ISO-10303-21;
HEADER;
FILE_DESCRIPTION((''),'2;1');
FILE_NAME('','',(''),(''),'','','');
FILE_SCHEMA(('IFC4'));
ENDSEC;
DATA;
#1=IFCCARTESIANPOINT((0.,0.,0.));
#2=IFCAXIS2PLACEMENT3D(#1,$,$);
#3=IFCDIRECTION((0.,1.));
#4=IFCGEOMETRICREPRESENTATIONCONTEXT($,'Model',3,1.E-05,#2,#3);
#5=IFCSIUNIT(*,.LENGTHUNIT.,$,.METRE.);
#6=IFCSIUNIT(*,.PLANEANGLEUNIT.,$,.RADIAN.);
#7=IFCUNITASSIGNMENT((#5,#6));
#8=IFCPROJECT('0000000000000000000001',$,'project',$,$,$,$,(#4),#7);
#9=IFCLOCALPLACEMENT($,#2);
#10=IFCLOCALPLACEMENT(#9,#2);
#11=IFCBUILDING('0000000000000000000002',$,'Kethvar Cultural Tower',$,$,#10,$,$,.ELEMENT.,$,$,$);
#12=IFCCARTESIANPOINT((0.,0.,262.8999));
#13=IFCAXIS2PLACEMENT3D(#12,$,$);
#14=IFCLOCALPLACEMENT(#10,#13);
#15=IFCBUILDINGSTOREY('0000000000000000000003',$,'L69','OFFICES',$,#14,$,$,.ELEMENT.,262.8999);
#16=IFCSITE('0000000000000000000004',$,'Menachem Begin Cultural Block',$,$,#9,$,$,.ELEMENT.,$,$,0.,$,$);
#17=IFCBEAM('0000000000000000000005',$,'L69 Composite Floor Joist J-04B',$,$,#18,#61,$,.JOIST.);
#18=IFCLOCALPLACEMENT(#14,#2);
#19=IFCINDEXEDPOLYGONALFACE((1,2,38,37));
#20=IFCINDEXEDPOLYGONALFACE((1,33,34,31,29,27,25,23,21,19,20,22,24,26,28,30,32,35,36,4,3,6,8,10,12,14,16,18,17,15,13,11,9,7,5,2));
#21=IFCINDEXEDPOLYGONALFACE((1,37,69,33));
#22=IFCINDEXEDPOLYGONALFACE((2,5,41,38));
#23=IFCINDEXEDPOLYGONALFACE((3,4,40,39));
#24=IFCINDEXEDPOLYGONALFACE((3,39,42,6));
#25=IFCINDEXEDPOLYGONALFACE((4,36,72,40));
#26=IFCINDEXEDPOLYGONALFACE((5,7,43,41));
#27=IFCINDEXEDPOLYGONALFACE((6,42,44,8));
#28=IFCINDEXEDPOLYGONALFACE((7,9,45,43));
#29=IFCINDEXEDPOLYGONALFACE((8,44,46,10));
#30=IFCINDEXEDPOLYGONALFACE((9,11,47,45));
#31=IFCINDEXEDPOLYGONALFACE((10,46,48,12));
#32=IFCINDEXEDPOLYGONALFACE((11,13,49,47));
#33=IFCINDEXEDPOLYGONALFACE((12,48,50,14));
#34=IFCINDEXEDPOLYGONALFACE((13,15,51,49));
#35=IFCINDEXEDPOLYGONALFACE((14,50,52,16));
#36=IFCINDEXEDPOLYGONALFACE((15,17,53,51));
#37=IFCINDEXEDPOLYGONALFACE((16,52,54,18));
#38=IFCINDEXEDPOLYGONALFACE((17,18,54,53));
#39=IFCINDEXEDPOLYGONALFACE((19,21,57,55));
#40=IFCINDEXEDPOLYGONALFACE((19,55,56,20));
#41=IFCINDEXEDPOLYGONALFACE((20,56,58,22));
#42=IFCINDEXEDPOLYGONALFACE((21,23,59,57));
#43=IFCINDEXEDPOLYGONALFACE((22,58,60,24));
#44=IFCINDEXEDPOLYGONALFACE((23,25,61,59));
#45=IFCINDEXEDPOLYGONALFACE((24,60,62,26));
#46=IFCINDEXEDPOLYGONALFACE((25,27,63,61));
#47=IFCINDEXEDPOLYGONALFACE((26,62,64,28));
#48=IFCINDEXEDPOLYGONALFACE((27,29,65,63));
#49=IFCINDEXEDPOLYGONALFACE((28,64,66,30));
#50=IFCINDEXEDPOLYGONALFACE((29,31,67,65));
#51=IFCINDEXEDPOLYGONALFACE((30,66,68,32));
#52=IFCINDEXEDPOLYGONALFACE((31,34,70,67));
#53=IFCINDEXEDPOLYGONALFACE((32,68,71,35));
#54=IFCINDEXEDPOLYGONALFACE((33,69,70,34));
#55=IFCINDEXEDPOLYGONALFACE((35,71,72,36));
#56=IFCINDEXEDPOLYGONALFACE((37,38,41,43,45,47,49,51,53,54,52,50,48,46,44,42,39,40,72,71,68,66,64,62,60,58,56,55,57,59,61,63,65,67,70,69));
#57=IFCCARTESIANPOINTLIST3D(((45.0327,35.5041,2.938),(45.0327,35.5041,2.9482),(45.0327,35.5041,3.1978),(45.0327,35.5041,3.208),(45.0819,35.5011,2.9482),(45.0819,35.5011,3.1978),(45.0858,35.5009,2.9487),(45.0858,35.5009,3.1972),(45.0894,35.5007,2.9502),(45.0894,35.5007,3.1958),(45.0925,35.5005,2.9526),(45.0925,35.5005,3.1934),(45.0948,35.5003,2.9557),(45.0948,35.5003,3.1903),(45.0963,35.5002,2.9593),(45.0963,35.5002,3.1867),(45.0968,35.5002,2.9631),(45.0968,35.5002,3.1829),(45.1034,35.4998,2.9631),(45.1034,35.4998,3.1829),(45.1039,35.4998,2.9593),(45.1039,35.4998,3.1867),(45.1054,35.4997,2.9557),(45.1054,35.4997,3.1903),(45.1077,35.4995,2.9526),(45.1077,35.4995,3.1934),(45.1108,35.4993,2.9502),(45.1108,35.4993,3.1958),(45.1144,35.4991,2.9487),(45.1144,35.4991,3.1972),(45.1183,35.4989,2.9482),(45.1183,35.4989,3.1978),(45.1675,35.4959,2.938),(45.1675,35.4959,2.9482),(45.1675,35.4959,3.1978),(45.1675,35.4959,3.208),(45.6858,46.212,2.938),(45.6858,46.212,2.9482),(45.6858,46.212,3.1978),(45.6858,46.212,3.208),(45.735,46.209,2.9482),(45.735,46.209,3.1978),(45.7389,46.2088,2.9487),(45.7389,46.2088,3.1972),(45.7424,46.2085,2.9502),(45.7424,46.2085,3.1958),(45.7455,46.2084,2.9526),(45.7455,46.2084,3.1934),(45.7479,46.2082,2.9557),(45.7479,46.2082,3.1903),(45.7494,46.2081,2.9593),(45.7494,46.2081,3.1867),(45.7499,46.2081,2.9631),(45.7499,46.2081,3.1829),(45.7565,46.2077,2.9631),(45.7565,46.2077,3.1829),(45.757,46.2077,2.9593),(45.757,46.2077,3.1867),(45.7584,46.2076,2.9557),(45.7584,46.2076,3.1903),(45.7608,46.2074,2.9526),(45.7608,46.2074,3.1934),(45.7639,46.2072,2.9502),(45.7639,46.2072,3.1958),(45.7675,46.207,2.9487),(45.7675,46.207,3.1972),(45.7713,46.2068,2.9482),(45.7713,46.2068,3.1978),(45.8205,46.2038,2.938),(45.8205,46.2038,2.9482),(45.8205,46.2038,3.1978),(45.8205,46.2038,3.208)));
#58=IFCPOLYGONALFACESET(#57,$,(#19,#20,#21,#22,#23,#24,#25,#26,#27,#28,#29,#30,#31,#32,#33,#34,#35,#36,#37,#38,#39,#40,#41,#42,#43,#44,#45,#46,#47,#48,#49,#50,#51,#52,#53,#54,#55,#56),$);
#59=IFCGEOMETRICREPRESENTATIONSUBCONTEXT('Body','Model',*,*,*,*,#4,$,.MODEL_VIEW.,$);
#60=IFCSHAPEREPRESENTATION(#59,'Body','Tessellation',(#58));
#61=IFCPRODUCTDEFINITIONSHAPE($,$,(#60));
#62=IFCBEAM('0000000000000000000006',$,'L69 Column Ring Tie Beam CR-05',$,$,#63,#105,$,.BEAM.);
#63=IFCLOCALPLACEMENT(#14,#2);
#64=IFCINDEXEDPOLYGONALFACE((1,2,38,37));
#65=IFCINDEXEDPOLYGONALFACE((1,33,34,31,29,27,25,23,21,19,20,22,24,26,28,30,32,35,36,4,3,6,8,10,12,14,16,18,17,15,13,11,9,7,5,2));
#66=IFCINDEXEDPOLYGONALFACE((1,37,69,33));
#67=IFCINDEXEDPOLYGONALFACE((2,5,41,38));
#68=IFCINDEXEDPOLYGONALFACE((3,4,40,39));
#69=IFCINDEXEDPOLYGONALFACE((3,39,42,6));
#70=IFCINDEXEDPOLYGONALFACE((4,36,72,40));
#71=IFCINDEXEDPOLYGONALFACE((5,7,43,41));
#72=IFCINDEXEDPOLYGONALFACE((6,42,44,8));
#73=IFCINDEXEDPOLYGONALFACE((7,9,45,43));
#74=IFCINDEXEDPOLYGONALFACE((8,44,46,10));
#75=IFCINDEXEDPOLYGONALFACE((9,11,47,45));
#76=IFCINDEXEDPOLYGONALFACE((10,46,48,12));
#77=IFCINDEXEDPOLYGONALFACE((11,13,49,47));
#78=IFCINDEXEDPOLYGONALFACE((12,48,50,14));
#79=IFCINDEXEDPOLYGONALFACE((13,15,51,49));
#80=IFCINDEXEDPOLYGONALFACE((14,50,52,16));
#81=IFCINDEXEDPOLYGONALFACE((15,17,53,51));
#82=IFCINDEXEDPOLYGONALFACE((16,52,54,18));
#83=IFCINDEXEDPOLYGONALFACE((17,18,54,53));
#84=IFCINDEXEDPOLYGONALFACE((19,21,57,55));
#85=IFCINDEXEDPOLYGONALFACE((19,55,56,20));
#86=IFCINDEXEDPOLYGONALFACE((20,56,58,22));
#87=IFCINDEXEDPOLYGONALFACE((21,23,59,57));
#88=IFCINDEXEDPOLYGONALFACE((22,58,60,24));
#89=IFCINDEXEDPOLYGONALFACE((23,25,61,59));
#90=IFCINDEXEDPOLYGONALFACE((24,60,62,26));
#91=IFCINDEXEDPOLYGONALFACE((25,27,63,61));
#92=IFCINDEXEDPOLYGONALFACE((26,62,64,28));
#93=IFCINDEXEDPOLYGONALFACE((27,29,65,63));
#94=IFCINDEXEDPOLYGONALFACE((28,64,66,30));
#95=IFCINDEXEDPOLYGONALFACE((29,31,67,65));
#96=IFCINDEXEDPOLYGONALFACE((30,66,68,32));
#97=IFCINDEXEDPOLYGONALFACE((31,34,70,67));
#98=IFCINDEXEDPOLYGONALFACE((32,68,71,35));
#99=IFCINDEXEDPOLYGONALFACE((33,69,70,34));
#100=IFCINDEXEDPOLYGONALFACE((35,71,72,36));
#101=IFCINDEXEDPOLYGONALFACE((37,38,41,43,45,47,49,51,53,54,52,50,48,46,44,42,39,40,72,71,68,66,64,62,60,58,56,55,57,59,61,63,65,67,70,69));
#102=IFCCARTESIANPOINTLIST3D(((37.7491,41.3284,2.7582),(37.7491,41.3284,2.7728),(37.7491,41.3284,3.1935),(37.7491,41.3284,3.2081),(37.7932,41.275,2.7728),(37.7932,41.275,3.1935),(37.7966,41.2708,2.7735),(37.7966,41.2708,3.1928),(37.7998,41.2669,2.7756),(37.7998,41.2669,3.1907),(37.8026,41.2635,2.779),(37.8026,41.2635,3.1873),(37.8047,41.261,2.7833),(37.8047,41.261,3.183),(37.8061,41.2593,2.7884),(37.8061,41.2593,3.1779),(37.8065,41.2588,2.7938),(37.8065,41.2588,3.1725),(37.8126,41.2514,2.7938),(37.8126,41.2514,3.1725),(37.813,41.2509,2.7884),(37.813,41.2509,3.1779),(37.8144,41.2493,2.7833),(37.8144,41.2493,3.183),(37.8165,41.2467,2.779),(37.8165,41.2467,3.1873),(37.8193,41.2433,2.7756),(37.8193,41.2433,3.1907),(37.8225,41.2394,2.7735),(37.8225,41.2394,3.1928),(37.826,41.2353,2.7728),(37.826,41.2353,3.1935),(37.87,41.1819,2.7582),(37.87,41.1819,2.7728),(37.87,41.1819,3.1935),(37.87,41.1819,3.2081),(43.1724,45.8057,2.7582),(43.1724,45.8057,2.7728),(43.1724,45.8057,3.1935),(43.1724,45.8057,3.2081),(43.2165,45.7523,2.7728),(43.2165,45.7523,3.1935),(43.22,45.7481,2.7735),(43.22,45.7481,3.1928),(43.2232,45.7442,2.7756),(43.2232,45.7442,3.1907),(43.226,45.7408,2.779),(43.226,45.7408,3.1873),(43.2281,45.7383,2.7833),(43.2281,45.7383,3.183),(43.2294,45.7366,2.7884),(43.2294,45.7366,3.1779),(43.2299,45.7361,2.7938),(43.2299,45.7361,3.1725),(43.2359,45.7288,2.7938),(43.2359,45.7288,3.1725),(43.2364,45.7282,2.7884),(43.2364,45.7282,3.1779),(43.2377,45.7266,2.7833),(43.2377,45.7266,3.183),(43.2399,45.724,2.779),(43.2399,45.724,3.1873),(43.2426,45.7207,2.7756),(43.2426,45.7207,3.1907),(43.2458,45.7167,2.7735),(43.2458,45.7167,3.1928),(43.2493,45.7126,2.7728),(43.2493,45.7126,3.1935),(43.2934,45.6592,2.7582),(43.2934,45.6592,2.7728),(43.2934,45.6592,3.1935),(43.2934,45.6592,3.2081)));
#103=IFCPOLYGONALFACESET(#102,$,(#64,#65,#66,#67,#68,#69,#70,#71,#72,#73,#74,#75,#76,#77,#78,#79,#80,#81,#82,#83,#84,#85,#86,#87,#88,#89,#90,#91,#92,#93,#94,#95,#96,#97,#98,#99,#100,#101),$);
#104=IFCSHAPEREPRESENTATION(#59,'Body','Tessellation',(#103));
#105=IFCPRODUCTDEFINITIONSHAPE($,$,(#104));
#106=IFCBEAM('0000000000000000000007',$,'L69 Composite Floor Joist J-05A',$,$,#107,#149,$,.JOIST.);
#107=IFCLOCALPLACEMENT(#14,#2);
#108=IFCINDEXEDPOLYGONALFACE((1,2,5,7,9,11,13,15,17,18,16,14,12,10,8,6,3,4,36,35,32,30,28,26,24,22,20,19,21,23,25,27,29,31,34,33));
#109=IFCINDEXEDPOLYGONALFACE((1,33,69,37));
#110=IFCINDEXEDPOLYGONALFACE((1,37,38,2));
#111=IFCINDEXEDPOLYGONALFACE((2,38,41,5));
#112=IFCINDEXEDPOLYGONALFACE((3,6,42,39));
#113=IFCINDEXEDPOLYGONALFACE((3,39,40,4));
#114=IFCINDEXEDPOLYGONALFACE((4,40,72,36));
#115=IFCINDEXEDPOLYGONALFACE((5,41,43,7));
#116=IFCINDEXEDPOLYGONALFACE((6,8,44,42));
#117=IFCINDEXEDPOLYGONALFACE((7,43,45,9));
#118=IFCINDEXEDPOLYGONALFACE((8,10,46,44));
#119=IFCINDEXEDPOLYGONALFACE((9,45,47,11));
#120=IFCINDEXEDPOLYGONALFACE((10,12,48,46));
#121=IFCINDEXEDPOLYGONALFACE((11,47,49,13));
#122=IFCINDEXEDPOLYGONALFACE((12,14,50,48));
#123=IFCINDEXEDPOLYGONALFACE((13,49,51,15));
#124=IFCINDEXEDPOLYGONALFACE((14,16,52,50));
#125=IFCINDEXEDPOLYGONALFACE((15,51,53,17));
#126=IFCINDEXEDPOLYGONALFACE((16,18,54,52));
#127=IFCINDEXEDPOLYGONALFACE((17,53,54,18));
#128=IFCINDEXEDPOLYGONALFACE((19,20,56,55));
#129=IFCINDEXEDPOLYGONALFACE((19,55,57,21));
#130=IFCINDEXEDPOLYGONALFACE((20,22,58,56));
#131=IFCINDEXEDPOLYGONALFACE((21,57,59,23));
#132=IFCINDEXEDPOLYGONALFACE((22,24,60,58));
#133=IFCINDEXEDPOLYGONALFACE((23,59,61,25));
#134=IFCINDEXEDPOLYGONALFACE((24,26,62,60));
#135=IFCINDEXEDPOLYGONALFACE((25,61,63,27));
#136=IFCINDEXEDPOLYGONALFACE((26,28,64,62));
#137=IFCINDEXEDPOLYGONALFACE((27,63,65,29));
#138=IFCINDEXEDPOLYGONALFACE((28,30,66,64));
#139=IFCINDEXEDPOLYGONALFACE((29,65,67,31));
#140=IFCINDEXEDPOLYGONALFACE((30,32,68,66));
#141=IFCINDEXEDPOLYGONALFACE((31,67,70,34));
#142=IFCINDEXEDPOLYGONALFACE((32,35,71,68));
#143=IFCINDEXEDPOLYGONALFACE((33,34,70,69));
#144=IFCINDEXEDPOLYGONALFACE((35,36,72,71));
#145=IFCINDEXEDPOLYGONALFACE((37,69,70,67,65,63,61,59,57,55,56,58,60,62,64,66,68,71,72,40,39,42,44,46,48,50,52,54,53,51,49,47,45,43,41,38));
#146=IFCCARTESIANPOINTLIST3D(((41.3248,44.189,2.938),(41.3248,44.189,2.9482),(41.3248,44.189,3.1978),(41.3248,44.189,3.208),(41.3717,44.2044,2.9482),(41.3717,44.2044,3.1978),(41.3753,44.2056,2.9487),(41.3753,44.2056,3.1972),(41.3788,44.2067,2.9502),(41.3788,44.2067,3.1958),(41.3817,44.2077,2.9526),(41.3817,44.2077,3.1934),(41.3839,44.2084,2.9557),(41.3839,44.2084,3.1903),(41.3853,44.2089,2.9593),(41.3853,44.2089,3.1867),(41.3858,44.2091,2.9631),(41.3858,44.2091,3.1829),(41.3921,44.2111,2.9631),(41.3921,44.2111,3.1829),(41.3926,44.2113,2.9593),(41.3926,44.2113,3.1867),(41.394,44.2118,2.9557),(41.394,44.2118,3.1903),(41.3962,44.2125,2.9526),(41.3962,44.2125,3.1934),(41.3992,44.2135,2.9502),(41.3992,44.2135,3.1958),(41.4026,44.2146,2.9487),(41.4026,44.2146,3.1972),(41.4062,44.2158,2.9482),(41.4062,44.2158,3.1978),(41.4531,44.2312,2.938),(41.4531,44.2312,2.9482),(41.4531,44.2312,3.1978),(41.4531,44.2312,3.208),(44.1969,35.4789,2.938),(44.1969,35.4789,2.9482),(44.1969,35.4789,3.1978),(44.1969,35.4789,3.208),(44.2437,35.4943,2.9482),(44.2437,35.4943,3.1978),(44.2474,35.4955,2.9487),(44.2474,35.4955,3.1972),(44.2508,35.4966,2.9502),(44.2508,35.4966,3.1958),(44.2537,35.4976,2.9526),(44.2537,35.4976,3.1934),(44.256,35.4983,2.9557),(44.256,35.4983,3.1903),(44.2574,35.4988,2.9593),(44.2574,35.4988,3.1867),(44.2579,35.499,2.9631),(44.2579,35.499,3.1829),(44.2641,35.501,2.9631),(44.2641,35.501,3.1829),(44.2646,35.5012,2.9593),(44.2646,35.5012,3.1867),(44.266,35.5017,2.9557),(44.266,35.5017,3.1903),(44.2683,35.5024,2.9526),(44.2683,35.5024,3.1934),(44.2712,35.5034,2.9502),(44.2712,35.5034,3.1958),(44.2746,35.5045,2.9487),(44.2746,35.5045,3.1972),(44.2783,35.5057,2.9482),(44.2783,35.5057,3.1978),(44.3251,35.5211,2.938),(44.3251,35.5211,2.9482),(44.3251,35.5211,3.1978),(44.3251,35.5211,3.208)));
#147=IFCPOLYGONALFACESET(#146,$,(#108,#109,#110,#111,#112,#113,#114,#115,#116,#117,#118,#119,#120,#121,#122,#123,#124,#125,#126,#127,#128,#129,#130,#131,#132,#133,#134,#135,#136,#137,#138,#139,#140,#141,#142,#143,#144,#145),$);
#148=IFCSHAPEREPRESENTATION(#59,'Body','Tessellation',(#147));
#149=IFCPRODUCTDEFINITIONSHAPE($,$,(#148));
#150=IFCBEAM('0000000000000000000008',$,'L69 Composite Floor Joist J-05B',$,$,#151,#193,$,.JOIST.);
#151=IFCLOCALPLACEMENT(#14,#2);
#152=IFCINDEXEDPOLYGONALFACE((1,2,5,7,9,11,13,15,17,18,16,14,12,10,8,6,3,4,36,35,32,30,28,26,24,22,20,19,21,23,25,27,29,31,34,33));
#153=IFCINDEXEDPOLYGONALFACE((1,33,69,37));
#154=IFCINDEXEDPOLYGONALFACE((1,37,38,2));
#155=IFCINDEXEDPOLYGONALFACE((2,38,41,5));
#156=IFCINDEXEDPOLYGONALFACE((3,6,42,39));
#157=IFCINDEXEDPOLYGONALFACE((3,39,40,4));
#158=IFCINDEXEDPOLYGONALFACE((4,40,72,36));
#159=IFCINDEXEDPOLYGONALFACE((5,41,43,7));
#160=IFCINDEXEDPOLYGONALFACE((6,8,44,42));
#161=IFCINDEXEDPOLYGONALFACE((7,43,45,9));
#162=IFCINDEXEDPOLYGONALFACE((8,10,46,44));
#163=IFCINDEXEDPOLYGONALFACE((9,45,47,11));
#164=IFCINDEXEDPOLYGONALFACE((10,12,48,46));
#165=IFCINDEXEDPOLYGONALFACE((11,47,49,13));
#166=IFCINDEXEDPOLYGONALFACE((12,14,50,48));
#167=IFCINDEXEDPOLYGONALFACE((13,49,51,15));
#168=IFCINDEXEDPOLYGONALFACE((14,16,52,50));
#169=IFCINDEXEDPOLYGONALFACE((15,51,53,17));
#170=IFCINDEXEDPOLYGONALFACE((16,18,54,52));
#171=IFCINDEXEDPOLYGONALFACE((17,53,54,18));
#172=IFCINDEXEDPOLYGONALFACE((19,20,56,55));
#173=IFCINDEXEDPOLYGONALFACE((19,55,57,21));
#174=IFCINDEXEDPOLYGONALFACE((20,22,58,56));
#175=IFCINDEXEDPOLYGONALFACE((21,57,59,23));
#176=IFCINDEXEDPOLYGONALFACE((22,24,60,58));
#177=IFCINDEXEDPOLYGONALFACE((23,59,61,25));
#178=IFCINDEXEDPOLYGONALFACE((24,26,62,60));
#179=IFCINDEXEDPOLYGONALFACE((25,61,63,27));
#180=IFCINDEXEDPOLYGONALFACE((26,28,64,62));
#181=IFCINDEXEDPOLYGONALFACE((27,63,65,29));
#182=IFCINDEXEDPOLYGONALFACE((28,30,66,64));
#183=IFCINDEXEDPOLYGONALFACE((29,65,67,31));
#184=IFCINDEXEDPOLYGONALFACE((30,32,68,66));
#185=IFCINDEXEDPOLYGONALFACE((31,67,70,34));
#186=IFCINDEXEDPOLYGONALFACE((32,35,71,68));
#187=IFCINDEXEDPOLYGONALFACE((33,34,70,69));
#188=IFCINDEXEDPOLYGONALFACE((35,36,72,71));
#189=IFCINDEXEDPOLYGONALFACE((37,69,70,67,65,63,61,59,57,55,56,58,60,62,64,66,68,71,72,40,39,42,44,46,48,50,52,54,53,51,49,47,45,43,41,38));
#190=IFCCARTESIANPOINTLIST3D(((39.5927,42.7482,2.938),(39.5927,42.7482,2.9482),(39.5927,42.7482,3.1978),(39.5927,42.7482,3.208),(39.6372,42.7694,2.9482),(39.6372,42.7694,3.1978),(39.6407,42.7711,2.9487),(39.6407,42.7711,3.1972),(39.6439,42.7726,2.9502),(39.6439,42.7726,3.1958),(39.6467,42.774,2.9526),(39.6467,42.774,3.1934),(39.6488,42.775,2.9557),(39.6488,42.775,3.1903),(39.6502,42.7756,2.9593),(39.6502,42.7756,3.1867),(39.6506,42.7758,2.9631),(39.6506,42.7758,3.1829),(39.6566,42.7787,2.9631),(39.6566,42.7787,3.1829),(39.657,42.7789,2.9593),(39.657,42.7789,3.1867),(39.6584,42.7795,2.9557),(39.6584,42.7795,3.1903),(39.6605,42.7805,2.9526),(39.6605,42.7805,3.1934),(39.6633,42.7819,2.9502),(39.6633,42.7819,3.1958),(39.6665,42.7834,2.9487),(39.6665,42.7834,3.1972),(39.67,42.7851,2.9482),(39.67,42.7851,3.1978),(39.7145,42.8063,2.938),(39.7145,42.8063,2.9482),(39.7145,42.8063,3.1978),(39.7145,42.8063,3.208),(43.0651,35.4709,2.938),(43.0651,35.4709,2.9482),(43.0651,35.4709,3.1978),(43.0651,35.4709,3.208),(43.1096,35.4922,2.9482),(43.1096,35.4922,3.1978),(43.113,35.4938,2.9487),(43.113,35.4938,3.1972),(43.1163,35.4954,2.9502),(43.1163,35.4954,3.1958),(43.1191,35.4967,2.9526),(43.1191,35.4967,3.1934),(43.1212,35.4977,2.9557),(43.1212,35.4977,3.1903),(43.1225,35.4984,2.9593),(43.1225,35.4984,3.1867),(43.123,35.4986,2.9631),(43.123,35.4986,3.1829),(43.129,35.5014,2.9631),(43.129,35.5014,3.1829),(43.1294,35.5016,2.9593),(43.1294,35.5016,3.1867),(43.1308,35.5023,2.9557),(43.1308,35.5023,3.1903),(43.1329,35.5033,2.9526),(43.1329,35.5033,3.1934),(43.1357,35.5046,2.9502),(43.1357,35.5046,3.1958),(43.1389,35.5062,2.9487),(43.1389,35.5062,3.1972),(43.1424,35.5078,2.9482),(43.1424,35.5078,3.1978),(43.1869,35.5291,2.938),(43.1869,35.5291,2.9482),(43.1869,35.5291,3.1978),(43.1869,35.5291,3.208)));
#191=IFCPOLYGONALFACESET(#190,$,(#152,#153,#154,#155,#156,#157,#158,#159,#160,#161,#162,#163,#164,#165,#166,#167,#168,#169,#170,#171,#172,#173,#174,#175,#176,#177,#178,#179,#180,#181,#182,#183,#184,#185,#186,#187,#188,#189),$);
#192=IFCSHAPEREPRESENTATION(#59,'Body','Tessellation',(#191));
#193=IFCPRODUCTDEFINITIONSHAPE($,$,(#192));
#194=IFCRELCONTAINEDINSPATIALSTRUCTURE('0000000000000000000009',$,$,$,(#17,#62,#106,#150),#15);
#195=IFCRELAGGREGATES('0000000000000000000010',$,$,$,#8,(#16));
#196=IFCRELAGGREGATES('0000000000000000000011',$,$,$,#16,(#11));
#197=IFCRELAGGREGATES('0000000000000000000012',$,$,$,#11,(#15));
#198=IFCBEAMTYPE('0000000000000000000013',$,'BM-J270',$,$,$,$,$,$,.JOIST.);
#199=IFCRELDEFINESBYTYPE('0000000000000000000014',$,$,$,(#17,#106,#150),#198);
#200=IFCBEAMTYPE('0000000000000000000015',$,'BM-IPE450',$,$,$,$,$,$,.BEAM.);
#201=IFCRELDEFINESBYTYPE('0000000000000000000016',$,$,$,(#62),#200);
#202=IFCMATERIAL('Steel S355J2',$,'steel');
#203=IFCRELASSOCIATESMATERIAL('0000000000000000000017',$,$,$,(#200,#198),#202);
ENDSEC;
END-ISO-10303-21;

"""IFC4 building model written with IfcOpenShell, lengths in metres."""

from ifc_helpers import new_model, si_unit, direction, frame, origin, origin_2d, place, context, subcontext, project, spatial, i_section, extrude, source, transform, mapped, material, material_profile, profile_set, type_object, element, save


model = new_model("IFC4")

# Units and contexts
model_context = context("Model", 3, precision=1e-05, world=origin(), true_north=direction((0.0, 1.0)))
body_context = subcontext(model_context, "Body", "Model", "MODEL_VIEW")
ifc_project = project(units=[si_unit("LENGTHUNIT", "METRE"), si_unit("PLANEANGLEUNIT", "RADIAN")], contexts=[model_context])

# Site, building, storey
site_placement = place(None, origin())
site = spatial("IfcSite", under=ifc_project, at=site_placement, Name="Menachem Begin Cultural Block", CompositionType="ELEMENT", RefElevation=0.0)
building_placement = place(site_placement, origin())
building = spatial("IfcBuilding", under=site, at=building_placement, Name="Kethvar Cultural Tower", CompositionType="ELEMENT")
storey_placement = place(building_placement, frame((0.0, 0.0, 262.8999)))
storey = spatial("IfcBuildingStorey", under=building, at=storey_placement, Name="L69", Description="OFFICES", CompositionType="ELEMENT", Elevation=262.8999)

# Beams
ifc_material_1 = material(Name="Steel S355J2", Category="steel")
ifc_material_profile_1 = material_profile(ifc_material_1, i_section(OverallWidth=0.1899, OverallDepth=0.45, WebThickness=0.0095, FlangeThickness=0.0146, FilletRadius=0.021, at=origin_2d()), Name="Steel S355J2 — IPE450")
ifc_profile_set_1 = profile_set([ifc_material_profile_1], Name="Steel S355J2 — IPE450")
beam_type_1 = type_object("IfcBeamType", Name="BM-IPE450", PredefinedType="BEAM", material=ifc_profile_set_1)
ifc_material_profile_2 = material_profile(ifc_material_1, i_section(OverallWidth=0.135, OverallDepth=0.27, WebThickness=0.0066, FlangeThickness=0.0103, FilletRadius=0.0149, at=origin_2d()), Name="Steel S355J2 — IPE270")
ifc_profile_set_2 = profile_set([ifc_material_profile_2], Name="Steel S355J2 — IPE270")
beam_type_2 = type_object("IfcBeamType", Name="BM-J270", PredefinedType="JOIST", material=ifc_profile_set_2)
shared_shape_1 = source(origin(), body_context, "Body", "SweptSolid", [
    extrude(i_section(OverallWidth=0.135, OverallDepth=0.27, WebThickness=0.0066, FlangeThickness=0.0103, FilletRadius=0.0149, at=origin_2d()), origin(), (0.0, 0.0, 1.0), 10.7278),
])
beam_1_placement = place(storey_placement, frame((45.1001, 35.5, 3.073), z_axis=(0.060876, 0.998145, 0.0), x_axis=(-0.998145, 0.060876, 0.0)))
element("IfcBeam", 1, at=beam_1_placement, inside=storey, type_object=beam_type_2, Name="L69 Composite Floor Joist J-04B", PredefinedType="JOIST", context=body_context, shape_type="MappedRepresentation", body=[
    mapped(shared_shape_1, transform((0.0, 0.0, 0.0), scale=1.0)),
])
shared_shape_2 = source(origin(), body_context, "Body", "SweptSolid", [
    extrude(i_section(OverallWidth=0.1899, OverallDepth=0.45, WebThickness=0.0095, FlangeThickness=0.0146, FilletRadius=0.021, at=origin_2d()), origin(), (0.0, 0.0, 1.0), 7.0327),
])
beam_2_placement = place(storey_placement, frame((43.2329, 45.7324, 2.9832), z_axis=(-0.771161, -0.63664, 0.0), x_axis=(0.63664, -0.771161, 0.0)))
element("IfcBeam", 2, at=beam_2_placement, inside=storey, type_object=beam_type_1, Name="L69 Column Ring Tie Beam CR-05", PredefinedType="BEAM", context=body_context, shape_type="MappedRepresentation", body=[
    mapped(shared_shape_2, transform((0.0, 0.0, 0.0), scale=1.0)),
])
shared_shape_3 = source(origin(), body_context, "Body", "SweptSolid", [
    extrude(i_section(OverallWidth=0.135, OverallDepth=0.27, WebThickness=0.0066, FlangeThickness=0.0103, FilletRadius=0.0149, at=origin_2d()), origin(), (0.0, 0.0, 1.0), 9.1714),
])
beam_3_placement = place(storey_placement, frame((44.261, 35.5, 3.073), z_axis=(-0.313152, 0.949703, 0.0), x_axis=(-0.949703, -0.313152, 0.0)))
element("IfcBeam", 3, at=beam_3_placement, inside=storey, type_object=beam_type_2, Name="L69 Composite Floor Joist J-05A", PredefinedType="JOIST", context=body_context, shape_type="MappedRepresentation", body=[
    mapped(shared_shape_3, transform((0.0, 0.0, 0.0), scale=1.0)),
])
shared_shape_4 = source(origin(), body_context, "Body", "SweptSolid", [
    extrude(i_section(OverallWidth=0.135, OverallDepth=0.27, WebThickness=0.0066, FlangeThickness=0.0103, FilletRadius=0.0149, at=origin_2d()), origin(), (0.0, 0.0, 1.0), 8.0632),
])
beam_4_placement = place(storey_placement, frame((43.126, 35.5, 3.073), z_axis=(-0.430642, 0.902523, 0.0), x_axis=(-0.902523, -0.430642, 0.0)))
element("IfcBeam", 4, at=beam_4_placement, inside=storey, type_object=beam_type_2, Name="L69 Composite Floor Joist J-05B", PredefinedType="JOIST", context=body_context, shape_type="MappedRepresentation", body=[
    mapped(shared_shape_4, transform((0.0, 0.0, 0.0), scale=1.0)),
])

save(model, "model.ifc")
